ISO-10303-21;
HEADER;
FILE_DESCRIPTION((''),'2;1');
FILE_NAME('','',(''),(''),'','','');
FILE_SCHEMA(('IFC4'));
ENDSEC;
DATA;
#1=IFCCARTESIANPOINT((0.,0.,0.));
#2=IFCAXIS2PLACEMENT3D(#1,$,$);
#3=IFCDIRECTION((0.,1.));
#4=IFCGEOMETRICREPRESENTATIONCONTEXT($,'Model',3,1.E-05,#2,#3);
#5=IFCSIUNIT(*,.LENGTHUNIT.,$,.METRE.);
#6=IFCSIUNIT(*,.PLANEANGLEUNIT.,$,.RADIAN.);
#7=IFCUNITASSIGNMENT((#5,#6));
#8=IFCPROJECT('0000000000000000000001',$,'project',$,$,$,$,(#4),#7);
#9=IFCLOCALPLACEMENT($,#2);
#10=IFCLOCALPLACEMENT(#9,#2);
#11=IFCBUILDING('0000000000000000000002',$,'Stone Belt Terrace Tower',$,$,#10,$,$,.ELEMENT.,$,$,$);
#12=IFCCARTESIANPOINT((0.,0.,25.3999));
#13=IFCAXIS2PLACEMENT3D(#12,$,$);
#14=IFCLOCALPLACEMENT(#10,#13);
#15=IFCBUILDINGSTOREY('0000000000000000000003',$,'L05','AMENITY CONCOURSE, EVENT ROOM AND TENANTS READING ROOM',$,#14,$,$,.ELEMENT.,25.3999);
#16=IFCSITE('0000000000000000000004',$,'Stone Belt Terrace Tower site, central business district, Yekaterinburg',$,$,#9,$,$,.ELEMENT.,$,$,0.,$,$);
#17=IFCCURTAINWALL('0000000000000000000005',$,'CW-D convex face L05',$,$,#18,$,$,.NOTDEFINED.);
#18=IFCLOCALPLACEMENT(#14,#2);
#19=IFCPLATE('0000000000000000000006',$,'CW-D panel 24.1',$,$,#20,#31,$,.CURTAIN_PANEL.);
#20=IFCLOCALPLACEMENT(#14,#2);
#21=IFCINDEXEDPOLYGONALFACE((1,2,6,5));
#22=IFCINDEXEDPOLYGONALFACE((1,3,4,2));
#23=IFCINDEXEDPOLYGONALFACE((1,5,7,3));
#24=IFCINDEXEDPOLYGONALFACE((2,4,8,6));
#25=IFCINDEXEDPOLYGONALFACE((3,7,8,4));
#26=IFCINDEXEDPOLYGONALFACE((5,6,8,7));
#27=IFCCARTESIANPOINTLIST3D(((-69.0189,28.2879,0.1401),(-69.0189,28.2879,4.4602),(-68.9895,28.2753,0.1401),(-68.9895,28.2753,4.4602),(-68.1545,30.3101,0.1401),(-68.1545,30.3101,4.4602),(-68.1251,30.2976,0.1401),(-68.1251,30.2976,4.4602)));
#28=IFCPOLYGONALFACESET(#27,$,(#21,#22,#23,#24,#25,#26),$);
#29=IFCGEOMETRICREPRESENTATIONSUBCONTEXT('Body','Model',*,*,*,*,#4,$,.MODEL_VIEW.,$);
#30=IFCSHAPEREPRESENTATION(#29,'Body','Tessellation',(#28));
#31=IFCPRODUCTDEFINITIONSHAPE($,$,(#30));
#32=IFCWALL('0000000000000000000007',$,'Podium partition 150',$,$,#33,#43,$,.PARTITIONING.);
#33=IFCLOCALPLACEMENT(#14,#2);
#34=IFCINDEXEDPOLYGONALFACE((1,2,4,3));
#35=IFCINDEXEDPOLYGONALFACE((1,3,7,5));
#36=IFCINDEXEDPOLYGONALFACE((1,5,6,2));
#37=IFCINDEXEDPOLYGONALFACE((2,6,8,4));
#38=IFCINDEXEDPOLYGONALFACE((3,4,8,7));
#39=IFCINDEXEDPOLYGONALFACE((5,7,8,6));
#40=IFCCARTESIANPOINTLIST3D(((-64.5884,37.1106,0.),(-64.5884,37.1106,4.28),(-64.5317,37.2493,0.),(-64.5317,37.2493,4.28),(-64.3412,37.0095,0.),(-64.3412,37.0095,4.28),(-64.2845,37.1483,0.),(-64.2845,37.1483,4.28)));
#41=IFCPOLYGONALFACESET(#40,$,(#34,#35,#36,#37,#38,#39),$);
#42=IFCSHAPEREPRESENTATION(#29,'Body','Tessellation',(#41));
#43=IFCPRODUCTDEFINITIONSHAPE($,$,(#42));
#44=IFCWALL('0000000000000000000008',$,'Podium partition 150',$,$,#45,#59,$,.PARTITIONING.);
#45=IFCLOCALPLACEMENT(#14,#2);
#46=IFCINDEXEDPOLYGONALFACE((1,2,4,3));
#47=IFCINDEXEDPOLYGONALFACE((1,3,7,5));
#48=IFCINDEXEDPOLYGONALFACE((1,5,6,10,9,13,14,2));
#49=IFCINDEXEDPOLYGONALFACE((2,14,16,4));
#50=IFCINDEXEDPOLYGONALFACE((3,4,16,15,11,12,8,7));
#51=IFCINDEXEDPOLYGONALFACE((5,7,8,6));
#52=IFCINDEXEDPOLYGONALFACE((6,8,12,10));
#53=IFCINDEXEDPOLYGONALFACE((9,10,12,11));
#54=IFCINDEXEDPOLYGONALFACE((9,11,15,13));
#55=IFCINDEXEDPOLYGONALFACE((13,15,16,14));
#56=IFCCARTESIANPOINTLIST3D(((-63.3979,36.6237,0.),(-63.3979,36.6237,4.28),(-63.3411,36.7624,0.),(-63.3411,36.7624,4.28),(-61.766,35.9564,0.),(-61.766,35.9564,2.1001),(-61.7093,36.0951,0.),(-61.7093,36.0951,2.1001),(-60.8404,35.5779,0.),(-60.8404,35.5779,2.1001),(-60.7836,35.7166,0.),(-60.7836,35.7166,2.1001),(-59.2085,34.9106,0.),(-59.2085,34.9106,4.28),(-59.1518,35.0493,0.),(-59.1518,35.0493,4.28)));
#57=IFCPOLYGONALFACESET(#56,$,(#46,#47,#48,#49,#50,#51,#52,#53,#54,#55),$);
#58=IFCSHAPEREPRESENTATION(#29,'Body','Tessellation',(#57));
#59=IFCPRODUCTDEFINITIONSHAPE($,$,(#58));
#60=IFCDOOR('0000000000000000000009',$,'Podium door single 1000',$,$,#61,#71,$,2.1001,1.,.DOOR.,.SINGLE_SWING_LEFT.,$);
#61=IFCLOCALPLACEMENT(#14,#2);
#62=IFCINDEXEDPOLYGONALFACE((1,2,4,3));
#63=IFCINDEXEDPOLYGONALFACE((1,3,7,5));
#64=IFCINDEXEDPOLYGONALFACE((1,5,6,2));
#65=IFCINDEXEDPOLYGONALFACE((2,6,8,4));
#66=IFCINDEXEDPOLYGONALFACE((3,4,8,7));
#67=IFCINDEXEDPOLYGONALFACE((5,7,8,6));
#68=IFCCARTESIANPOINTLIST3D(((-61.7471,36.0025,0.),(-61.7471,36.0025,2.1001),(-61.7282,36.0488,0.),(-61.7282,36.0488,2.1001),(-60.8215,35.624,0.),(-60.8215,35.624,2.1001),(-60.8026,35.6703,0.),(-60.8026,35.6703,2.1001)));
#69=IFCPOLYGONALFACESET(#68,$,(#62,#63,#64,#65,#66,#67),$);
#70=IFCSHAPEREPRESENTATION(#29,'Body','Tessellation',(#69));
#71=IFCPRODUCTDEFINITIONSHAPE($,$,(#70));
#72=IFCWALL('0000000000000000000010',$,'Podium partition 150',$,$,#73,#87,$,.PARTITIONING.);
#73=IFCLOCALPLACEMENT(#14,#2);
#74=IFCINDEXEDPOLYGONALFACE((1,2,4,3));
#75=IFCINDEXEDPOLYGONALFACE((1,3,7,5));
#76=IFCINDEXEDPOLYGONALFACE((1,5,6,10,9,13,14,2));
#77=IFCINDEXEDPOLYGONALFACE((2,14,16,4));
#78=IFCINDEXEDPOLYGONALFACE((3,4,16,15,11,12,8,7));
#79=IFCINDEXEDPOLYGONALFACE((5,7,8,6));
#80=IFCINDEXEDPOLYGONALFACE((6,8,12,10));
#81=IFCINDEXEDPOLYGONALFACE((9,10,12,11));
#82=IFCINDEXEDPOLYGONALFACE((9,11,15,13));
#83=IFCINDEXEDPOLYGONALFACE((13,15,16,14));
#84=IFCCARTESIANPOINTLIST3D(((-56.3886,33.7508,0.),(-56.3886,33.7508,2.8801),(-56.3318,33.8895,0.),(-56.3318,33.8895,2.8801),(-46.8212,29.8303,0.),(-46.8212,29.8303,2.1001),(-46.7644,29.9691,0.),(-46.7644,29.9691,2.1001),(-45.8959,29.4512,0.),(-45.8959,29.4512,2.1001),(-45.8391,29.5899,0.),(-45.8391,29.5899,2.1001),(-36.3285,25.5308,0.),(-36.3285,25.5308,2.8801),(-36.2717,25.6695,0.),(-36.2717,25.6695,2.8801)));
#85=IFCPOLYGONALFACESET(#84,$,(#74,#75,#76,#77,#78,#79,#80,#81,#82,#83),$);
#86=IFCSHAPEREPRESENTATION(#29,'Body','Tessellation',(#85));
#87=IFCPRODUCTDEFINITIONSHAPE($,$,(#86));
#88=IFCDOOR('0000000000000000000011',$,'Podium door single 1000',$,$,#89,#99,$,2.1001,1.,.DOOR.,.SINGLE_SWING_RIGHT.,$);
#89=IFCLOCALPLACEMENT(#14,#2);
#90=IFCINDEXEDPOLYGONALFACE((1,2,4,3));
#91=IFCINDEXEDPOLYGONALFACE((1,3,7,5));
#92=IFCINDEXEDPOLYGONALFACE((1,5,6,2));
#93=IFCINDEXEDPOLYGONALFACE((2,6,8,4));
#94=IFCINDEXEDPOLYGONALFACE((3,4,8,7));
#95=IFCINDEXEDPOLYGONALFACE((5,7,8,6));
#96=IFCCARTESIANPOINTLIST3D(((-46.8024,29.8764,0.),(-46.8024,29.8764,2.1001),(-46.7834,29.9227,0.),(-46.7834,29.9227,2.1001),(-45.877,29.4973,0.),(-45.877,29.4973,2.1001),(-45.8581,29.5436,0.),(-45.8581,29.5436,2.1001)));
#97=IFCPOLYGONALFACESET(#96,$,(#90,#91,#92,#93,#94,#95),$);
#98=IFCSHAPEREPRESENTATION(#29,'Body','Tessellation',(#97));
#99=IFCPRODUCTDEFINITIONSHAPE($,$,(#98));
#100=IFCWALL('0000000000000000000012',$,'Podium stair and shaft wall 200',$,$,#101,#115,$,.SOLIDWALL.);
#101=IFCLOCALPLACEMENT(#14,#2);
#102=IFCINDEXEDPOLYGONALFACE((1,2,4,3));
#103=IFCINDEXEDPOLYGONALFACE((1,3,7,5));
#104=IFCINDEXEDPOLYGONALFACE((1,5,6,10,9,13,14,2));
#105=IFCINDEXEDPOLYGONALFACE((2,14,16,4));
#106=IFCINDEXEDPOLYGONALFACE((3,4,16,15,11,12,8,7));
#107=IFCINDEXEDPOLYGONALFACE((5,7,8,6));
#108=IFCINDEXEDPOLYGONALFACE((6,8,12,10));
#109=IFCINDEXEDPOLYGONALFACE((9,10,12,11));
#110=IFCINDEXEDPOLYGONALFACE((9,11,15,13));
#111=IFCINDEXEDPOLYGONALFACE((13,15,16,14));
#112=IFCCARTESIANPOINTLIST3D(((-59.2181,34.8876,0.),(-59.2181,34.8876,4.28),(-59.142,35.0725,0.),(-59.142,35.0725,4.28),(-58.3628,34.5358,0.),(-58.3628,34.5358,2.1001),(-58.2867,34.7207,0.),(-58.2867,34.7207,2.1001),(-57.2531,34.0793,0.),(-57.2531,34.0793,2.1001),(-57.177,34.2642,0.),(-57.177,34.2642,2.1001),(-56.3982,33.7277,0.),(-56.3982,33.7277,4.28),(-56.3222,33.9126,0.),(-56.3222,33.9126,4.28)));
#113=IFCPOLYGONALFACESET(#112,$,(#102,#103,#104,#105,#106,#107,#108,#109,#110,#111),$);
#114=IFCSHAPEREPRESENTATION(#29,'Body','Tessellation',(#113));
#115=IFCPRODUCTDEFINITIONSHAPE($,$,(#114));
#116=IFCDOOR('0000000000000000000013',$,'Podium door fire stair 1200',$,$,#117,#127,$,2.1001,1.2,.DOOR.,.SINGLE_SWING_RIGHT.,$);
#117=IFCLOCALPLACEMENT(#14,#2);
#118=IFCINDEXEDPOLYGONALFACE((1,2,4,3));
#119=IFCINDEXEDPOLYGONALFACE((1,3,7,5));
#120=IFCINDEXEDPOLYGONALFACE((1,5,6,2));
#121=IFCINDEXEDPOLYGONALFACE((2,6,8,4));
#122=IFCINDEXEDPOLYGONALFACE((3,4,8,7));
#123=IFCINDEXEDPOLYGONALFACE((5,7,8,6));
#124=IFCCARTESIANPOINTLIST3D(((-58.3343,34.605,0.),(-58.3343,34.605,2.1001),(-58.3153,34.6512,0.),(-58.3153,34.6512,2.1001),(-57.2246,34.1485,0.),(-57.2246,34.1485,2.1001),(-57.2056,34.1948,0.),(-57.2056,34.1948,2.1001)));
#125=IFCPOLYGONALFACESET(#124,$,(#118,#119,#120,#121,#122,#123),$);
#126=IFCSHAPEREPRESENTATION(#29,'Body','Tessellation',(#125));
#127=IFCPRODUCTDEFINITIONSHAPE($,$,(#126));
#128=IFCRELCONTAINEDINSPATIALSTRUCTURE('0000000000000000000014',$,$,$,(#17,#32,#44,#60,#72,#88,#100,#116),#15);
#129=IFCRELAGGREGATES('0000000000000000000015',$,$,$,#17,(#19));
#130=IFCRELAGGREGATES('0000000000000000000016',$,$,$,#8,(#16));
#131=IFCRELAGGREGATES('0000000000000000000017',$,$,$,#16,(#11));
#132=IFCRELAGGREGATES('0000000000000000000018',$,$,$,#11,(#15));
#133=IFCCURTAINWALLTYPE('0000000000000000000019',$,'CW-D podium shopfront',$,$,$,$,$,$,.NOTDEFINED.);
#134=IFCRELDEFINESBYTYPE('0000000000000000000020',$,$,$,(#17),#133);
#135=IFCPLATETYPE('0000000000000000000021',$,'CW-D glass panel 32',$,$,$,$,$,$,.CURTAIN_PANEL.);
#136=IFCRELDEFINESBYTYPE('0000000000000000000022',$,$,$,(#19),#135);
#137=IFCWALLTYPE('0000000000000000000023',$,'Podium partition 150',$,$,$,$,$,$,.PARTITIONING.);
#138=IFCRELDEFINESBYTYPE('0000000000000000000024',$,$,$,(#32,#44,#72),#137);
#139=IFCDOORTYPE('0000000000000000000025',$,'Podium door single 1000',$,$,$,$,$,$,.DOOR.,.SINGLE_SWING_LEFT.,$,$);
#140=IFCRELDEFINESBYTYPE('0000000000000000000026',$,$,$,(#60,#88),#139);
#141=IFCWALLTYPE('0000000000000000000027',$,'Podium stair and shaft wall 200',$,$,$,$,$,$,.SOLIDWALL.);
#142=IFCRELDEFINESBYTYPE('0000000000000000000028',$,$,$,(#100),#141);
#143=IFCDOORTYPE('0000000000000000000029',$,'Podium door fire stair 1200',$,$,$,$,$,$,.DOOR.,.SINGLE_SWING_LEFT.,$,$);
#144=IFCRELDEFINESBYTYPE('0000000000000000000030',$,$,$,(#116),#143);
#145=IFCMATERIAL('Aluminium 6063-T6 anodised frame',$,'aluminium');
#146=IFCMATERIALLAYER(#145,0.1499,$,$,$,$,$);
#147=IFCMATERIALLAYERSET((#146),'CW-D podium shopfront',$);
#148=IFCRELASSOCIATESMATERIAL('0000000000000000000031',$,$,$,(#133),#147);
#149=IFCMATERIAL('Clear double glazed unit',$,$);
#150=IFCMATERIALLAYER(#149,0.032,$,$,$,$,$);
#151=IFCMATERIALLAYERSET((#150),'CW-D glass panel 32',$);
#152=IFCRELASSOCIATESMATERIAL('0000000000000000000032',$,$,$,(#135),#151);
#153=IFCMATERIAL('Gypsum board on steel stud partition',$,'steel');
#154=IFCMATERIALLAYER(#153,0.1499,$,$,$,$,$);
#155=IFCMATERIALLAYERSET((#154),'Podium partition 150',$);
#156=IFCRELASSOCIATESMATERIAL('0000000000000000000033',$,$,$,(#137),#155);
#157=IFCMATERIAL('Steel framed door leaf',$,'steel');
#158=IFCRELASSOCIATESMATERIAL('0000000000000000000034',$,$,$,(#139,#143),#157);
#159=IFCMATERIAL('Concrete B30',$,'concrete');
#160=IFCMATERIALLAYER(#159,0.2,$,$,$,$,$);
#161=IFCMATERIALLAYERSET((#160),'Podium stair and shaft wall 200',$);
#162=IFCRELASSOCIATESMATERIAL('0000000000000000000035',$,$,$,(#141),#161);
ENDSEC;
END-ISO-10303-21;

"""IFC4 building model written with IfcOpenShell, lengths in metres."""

from ifc_helpers import new_model, si_unit, direction, frame, frame_2d, origin, origin_2d, place, context, subcontext, project, spatial, rectangle, extrude, material, layer, layer_set, type_object, element, fill, aggregate, save


model = new_model("IFC4")

# Units and contexts
model_context = context("Model", 3, precision=1e-05, world=origin(), true_north=direction((0.0, 1.0)))
body_context = subcontext(model_context, "Body", "Model", "MODEL_VIEW")
ifc_project = project(units=[si_unit("LENGTHUNIT", "METRE"), si_unit("PLANEANGLEUNIT", "RADIAN")], contexts=[model_context])

# Site, building, storey
site_placement = place(None, origin())
site = spatial("IfcSite", under=ifc_project, at=site_placement, Name="Stone Belt Terrace Tower site, central business district, Yekaterinburg", CompositionType="ELEMENT", RefElevation=0.0)
building_placement = place(site_placement, origin())
building = spatial("IfcBuilding", under=site, at=building_placement, Name="Stone Belt Terrace Tower", CompositionType="ELEMENT")
storey_placement = place(building_placement, frame((0.0, 0.0, 25.3999)))
storey = spatial("IfcBuildingStorey", under=building, at=storey_placement, Name="L05", Description="AMENITY CONCOURSE, EVENT ROOM AND TENANTS READING ROOM", CompositionType="ELEMENT", Elevation=25.3999)

# Curtain wall
ifc_material_1 = material(Name="Aluminium 6063-T6 anodised frame", Category="aluminium")
ifc_layer_1 = layer(ifc_material_1, 0.1499)
ifc_layer_set_1 = layer_set([ifc_layer_1], Name="CW-D podium shopfront")
curtain_wall_type = type_object("IfcCurtainWallType", Name="CW-D podium shopfront", PredefinedType="NOTDEFINED", material=ifc_layer_set_1)
curtain_wall_1_placement = place(storey_placement, origin())
curtain_wall_1 = element("IfcCurtainWall", 1, at=curtain_wall_1_placement, inside=storey, type_object=curtain_wall_type, Name="CW-D convex face L05", PredefinedType="NOTDEFINED")

# Plate
ifc_material_2 = material(Name="Clear double glazed unit")
ifc_layer_2 = layer(ifc_material_2, 0.032)
ifc_layer_set_2 = layer_set([ifc_layer_2], Name="CW-D glass panel 32")
plate_type = type_object("IfcPlateType", Name="CW-D glass panel 32", PredefinedType="CURTAIN_PANEL", material=ifc_layer_set_2)
plate_1_placement = place(storey_placement, frame((-68.572, 29.2927, 0.1401), z_axis=(0.0, 0.0, 1.0), x_axis=(-0.393034, -0.919524, 0.0)))
plate_1 = element("IfcPlate", 2, at=plate_1_placement, type_object=plate_type, Name="CW-D panel 24.1", PredefinedType="CURTAIN_PANEL", context=body_context, shape_type="SweptSolid", body=[
    extrude(rectangle(XDim=2.1992, YDim=0.032, at=origin_2d()), origin(), (0.0, 0.0, 1.0), 4.3201),
])
aggregate(curtain_wall_1, [plate_1])

# Wall
ifc_material_3 = material(Name="Gypsum board on steel stud partition", Category="steel")
ifc_layer_3 = layer(ifc_material_3, 0.1499)
ifc_layer_set_3 = layer_set([ifc_layer_3], Name="Podium partition 150")
wall_type_1 = type_object("IfcWallType", Name="Podium partition 150", PredefinedType="PARTITIONING", material=ifc_layer_set_3)
wall_1_placement = place(storey_placement, frame((-64.5601, 37.1799, 0.0), z_axis=(0.0, 0.0, 1.0), x_axis=(0.925678, -0.378313, 0.0)))
element("IfcWall", 3, at=wall_1_placement, inside=storey, type_object=wall_type_1, Name="Podium partition 150", PredefinedType="PARTITIONING", context=body_context, shape_type="SweptSolid", body=[
    extrude(rectangle(XDim=0.2671, YDim=0.1499, at=frame_2d((0.1335, 0.0))), origin(), (0.0, 0.0, 1.0), 4.28),
])

# Walls, openings, doors
wall_2_placement = place(storey_placement, frame((-63.3696, 36.6931, 0.0), z_axis=(0.0, 0.0, 1.0), x_axis=(0.925604, -0.378494, 0.0)))
wall_2 = element("IfcWall", 4, at=wall_2_placement, inside=storey, type_object=wall_type_1, Name="Podium partition 150", PredefinedType="PARTITIONING", context=body_context, shape_type="SweptSolid", body=[
    extrude(rectangle(XDim=4.5261, YDim=0.1499, at=frame_2d((2.2632, 0.0))), origin(), (0.0, 0.0, 1.0), 4.28),
])
opening_1_placement = place(wall_2_placement, frame((1.7632, 0.0, 0.0)))
opening_1 = element("IfcOpeningElement", 5, at=opening_1_placement, cuts=wall_2, PredefinedType="OPENING", context=body_context, shape_type="SweptSolid", body=[
    extrude(rectangle(XDim=1.0, YDim=2.1001, at=frame_2d((0.5, 1.05))), frame((0.0, 0.085, 0.0), z_axis=(0.0, -1.0, 0.0), x_axis=(1.0, 0.0, 0.0)), (0.0, 0.0, 1.0), 0.1699),
])
ifc_material_4 = material(Name="Steel framed door leaf", Category="steel")
door_type_1 = type_object("IfcDoorType", Name="Podium door single 1000", OperationType="SINGLE_SWING_LEFT", PredefinedType="DOOR", material=ifc_material_4)
door_1_placement = place(opening_1_placement, origin())
door_1 = element("IfcDoor", 6, at=door_1_placement, inside=storey, type_object=door_type_1, Name="Podium door single 1000", OperationType="SINGLE_SWING_LEFT", OverallHeight=2.1001, OverallWidth=1.0, PredefinedType="DOOR", context=body_context, shape_type="SweptSolid", body=[
    extrude(rectangle(XDim=1.0, YDim=2.1001, at=frame_2d((0.5, 1.05))), frame((0.0, 0.0249, 0.0), z_axis=(0.0, -1.0, 0.0), x_axis=(1.0, 0.0, 0.0)), (0.0, 0.0, 1.0), 0.05),
])
fill(opening_1, door_1)
wall_3_placement = place(storey_placement, frame((-56.3601, 33.8201, 0.0), z_axis=(0.0, 0.0, 1.0), x_axis=(0.925327, -0.37917, 0.0)))
wall_3 = element("IfcWall", 7, at=wall_3_placement, inside=storey, type_object=wall_type_1, Name="Podium partition 150", PredefinedType="PARTITIONING", context=body_context, shape_type="SweptSolid", body=[
    extrude(rectangle(XDim=21.679, YDim=0.1499, at=frame_2d((10.8394, 0.0))), origin(), (0.0, 0.0, 1.0), 2.8801),
])
opening_2_placement = place(wall_3_placement, frame((10.3394, 0.0, 0.0)))
opening_2 = element("IfcOpeningElement", 8, at=opening_2_placement, cuts=wall_3, PredefinedType="OPENING", context=body_context, shape_type="SweptSolid", body=[
    extrude(rectangle(XDim=1.0, YDim=2.1001, at=frame_2d((0.5, 1.05))), frame((0.0, 0.085, 0.0), z_axis=(0.0, -1.0, 0.0), x_axis=(1.0, 0.0, 0.0)), (0.0, 0.0, 1.0), 0.1699),
])
door_2_placement = place(opening_2_placement, origin())
door_2 = element("IfcDoor", 9, at=door_2_placement, inside=storey, type_object=door_type_1, Name="Podium door single 1000", OperationType="SINGLE_SWING_RIGHT", OverallHeight=2.1001, OverallWidth=1.0, PredefinedType="DOOR", context=body_context, shape_type="SweptSolid", body=[
    extrude(rectangle(XDim=1.0, YDim=2.1001, at=frame_2d((0.5, 1.05))), frame((0.0, 0.0249, 0.0), z_axis=(0.0, -1.0, 0.0), x_axis=(1.0, 0.0, 0.0)), (0.0, 0.0, 1.0), 0.05),
])
fill(opening_2, door_2)
ifc_material_5 = material(Name="Concrete B30", Category="concrete")
ifc_layer_4 = layer(ifc_material_5, 0.2)
ifc_layer_set_4 = layer_set([ifc_layer_4], Name="Podium stair and shaft wall 200")
wall_type_2 = type_object("IfcWallType", Name="Podium stair and shaft wall 200", PredefinedType="SOLIDWALL", material=ifc_layer_set_4)
wall_4_placement = place(storey_placement, frame((-59.1799, 34.98, 0.0), z_axis=(0.0, 0.0, 1.0), x_axis=(0.924816, -0.380416, 0.0)))
wall_4 = element("IfcWall", 10, at=wall_4_placement, inside=storey, type_object=wall_type_2, Name="Podium stair and shaft wall 200", PredefinedType="SOLIDWALL", context=body_context, shape_type="SweptSolid", body=[
    extrude(rectangle(XDim=3.0491, YDim=0.2, at=frame_2d((1.5244, 0.0))), origin(), (0.0, 0.0, 1.0), 4.28),
])
opening_3_placement = place(wall_4_placement, frame((0.9246, 0.0, 0.0)))
opening_3 = element("IfcOpeningElement", 11, at=opening_3_placement, cuts=wall_4, PredefinedType="OPENING", context=body_context, shape_type="SweptSolid", body=[
    extrude(rectangle(XDim=1.2, YDim=2.1001, at=frame_2d((0.6001, 1.05))), frame((0.0, 0.1099, 0.0), z_axis=(0.0, -1.0, 0.0), x_axis=(1.0, 0.0, 0.0)), (0.0, 0.0, 1.0), 0.22),
])
door_type_2 = type_object("IfcDoorType", Name="Podium door fire stair 1200", OperationType="SINGLE_SWING_LEFT", PredefinedType="DOOR", material=ifc_material_4)
door_3_placement = place(opening_3_placement, origin())
door_3 = element("IfcDoor", 12, at=door_3_placement, inside=storey, type_object=door_type_2, Name="Podium door fire stair 1200", OperationType="SINGLE_SWING_RIGHT", OverallHeight=2.1001, OverallWidth=1.2, PredefinedType="DOOR", context=body_context, shape_type="SweptSolid", body=[
    extrude(rectangle(XDim=1.2, YDim=2.1001, at=frame_2d((0.6001, 1.05))), frame((0.0, 0.0249, 0.0), z_axis=(0.0, -1.0, 0.0), x_axis=(1.0, 0.0, 0.0)), (0.0, 0.0, 1.0), 0.05),
])
fill(opening_3, door_3)

save(model, "model.ifc")
